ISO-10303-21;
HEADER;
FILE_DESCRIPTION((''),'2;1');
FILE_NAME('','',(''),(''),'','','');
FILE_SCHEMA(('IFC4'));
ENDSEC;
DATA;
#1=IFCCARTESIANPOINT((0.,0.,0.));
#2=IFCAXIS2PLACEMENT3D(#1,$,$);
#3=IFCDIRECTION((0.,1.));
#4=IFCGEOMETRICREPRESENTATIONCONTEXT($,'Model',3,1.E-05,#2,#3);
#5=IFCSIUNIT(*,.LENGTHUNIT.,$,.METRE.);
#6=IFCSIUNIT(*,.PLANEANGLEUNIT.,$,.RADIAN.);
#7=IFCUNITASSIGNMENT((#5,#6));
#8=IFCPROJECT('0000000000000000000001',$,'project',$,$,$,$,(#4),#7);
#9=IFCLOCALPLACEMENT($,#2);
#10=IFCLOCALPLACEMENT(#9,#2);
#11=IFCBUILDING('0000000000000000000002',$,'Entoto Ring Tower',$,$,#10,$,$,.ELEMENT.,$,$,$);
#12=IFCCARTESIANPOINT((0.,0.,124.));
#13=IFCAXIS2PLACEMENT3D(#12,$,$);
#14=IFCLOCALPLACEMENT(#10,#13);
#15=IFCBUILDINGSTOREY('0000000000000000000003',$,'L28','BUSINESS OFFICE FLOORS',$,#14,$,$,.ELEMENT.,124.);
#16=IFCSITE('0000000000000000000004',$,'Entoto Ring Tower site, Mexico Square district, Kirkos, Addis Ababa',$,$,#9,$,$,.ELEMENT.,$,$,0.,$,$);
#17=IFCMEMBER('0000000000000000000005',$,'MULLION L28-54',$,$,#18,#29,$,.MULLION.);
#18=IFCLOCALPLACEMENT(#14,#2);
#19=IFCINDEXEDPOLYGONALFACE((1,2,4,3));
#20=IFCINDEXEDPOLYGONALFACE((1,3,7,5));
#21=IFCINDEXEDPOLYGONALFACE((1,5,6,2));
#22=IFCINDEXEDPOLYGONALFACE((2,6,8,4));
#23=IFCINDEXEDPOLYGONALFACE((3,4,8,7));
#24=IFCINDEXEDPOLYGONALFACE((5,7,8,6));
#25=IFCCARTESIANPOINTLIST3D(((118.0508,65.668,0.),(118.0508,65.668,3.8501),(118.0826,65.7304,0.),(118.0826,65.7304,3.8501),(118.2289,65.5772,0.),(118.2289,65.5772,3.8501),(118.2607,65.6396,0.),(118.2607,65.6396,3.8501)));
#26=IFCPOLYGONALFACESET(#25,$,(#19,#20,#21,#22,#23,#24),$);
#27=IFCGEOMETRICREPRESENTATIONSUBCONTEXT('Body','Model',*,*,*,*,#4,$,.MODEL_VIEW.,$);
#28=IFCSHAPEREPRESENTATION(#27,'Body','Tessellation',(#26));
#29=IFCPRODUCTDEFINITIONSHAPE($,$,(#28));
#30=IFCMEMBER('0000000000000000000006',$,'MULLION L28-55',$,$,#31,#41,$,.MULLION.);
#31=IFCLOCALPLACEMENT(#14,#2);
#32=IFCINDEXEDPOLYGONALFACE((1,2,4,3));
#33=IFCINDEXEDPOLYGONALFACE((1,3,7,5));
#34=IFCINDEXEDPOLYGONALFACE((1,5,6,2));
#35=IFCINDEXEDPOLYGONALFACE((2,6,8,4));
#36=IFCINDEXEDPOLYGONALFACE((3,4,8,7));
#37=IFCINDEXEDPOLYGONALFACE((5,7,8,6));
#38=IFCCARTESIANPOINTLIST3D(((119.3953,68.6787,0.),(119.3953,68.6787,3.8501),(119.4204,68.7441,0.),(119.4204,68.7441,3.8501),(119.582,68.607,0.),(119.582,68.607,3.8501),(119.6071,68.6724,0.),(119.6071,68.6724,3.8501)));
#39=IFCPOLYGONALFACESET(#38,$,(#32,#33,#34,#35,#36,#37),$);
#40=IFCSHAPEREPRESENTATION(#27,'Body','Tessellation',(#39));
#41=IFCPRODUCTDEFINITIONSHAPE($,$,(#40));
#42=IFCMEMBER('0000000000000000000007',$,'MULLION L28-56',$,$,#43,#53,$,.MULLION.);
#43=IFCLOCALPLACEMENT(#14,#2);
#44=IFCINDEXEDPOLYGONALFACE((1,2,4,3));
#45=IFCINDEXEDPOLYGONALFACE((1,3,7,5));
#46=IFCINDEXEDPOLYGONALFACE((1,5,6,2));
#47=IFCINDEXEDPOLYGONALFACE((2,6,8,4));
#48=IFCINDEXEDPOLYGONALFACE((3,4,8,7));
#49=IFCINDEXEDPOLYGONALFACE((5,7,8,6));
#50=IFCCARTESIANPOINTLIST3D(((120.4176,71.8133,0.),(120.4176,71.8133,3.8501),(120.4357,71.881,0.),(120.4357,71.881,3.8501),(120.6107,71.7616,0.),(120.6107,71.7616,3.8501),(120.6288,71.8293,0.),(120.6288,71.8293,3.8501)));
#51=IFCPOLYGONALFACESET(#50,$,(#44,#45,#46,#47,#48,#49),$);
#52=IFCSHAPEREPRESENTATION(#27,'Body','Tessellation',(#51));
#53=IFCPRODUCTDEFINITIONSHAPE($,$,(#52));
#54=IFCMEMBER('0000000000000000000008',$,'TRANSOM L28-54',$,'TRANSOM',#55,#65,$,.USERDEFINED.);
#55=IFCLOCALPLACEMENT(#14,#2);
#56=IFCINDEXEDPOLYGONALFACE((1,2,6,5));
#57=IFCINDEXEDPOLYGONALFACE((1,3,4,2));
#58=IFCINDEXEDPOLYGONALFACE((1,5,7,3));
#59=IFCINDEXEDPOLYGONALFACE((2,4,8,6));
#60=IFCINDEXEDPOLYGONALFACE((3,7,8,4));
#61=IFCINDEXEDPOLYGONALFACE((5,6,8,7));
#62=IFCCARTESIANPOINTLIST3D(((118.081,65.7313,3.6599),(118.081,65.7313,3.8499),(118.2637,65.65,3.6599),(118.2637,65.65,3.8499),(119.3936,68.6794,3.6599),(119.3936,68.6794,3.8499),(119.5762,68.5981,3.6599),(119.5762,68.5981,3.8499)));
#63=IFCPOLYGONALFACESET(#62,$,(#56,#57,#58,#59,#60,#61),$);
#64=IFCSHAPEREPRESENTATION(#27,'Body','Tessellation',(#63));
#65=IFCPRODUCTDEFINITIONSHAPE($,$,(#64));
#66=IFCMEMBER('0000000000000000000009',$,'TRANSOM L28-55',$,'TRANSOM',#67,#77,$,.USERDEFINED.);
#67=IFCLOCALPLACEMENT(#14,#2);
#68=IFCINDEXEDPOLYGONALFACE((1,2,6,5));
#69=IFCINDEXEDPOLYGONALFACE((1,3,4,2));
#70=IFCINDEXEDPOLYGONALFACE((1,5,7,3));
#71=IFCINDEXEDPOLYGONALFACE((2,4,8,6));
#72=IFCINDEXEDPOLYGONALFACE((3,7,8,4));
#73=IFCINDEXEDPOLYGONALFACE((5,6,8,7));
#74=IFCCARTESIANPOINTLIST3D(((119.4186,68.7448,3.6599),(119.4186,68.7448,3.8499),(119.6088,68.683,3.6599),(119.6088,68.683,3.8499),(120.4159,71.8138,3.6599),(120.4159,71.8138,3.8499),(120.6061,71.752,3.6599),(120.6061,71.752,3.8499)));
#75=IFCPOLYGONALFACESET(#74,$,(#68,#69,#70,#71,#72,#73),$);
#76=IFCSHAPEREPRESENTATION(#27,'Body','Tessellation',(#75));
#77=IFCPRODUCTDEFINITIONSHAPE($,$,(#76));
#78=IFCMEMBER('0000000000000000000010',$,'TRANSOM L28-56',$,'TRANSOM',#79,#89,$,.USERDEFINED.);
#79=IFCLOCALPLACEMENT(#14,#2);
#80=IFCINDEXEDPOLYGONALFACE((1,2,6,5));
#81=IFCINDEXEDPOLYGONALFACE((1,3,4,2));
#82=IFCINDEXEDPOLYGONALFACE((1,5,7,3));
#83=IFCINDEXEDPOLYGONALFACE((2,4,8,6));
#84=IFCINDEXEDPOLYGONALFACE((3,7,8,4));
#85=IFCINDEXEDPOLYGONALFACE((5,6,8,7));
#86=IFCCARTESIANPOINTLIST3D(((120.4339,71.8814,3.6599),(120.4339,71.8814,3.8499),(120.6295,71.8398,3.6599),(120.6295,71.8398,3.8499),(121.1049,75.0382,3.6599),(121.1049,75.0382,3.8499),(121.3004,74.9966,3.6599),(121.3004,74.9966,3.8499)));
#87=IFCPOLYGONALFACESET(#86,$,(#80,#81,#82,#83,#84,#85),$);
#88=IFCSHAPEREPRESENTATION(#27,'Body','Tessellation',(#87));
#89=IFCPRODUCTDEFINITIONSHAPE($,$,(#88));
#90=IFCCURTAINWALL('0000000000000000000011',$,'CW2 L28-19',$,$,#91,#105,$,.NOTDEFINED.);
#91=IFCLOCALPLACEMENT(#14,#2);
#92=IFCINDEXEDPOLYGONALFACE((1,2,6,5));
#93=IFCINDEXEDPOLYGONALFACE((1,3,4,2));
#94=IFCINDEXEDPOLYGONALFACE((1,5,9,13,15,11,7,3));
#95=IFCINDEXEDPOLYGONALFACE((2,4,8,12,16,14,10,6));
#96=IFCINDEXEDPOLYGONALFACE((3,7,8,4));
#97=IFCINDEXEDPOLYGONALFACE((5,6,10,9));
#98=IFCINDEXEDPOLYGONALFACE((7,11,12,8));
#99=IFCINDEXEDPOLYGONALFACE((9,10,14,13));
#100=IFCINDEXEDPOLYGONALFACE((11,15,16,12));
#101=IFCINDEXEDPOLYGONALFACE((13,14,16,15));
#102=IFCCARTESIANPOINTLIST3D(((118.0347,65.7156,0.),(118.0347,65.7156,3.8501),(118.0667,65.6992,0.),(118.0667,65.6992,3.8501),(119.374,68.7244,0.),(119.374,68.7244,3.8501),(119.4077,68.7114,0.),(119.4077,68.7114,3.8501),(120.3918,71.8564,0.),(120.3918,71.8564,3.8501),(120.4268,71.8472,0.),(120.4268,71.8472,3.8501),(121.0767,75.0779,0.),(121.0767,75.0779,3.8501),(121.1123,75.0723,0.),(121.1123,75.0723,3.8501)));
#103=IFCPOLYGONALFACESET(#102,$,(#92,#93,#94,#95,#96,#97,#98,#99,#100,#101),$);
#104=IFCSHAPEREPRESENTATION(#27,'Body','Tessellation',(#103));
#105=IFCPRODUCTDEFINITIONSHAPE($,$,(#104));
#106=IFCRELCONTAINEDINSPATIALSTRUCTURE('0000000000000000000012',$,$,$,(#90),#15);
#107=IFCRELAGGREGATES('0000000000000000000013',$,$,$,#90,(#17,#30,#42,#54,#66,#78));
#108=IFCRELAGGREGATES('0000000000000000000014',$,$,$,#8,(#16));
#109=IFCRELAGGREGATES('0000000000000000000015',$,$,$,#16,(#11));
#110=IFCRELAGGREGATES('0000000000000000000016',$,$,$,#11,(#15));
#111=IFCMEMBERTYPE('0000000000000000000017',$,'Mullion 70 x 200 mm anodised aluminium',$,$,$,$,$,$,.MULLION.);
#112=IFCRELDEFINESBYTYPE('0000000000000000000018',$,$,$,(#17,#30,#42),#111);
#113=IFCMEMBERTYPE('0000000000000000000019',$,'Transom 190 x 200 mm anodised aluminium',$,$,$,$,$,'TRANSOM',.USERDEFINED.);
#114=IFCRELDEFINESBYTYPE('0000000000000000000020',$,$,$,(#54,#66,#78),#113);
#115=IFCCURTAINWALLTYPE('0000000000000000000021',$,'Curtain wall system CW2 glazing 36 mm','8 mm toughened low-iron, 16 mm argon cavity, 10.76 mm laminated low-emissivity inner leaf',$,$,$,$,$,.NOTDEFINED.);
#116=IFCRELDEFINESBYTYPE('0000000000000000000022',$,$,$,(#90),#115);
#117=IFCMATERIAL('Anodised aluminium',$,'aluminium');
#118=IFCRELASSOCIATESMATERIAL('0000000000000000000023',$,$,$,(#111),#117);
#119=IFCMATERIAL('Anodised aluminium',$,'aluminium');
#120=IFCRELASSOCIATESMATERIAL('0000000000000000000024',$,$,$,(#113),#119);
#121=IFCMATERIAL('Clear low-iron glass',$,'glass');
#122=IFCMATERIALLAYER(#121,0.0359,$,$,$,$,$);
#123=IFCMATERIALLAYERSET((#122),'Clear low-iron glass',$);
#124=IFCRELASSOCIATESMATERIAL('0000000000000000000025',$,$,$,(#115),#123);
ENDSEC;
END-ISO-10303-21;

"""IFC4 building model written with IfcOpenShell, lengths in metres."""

from ifc_helpers import new_model, si_unit, direction, frame, origin, origin_2d, place, context, subcontext, project, spatial, polyline, rectangle, outline, extrude, material, layer, layer_set, material_profile, profile_set, type_object, element, aggregate, save


model = new_model("IFC4")

# Units and contexts
model_context = context("Model", 3, precision=1e-05, world=origin(), true_north=direction((0.0, 1.0)))
body_context = subcontext(model_context, "Body", "Model", "MODEL_VIEW")
ifc_project = project(units=[si_unit("LENGTHUNIT", "METRE"), si_unit("PLANEANGLEUNIT", "RADIAN")], contexts=[model_context])

# Members
ifc_material_1 = material(Name="Anodised aluminium", Category="aluminium")
ifc_material_profile_1 = material_profile(ifc_material_1, rectangle(XDim=0.0701, YDim=0.2, at=origin_2d()), Name="Mullion 70 x 200 mm anodised aluminium")
ifc_profile_set_1 = profile_set([ifc_material_profile_1], Name="Anodised aluminium")
member_type_1 = type_object("IfcMemberType", Name="Mullion 70 x 200 mm anodised aluminium", PredefinedType="MULLION", material=ifc_profile_set_1)
site_placement = place(None, origin())
building_placement = place(site_placement, origin())
storey_placement = place(building_placement, frame((0.0, 0.0, 124.0)))
member_1_placement = place(storey_placement, frame((118.1558, 65.6538, 0.0), z_axis=(0.0, 0.0, 1.0), x_axis=(0.45399, 0.891007, 0.0)))
member_1 = element("IfcMember", 1, at=member_1_placement, type_object=member_type_1, Name="MULLION L28-54", PredefinedType="MULLION", context=body_context, shape_type="SweptSolid", body=[
    extrude(rectangle(XDim=0.0701, YDim=0.2, at=origin_2d()), origin(), (0.0, 0.0, 1.0), 3.8501),
])
member_2_placement = place(storey_placement, frame((119.5012, 68.6755, 0.0), z_axis=(0.0, 0.0, 1.0), x_axis=(0.358368, 0.93358, 0.0)))
member_2 = element("IfcMember", 2, at=member_2_placement, type_object=member_type_1, Name="MULLION L28-55", PredefinedType="MULLION", context=body_context, shape_type="SweptSolid", body=[
    extrude(rectangle(XDim=0.0701, YDim=0.2, at=origin_2d()), origin(), (0.0, 0.0, 1.0), 3.8501),
])
member_3_placement = place(storey_placement, frame((120.5232, 71.8213, 0.0), z_axis=(0.0, 0.0, 1.0), x_axis=(0.258819, 0.965926, 0.0)))
member_3 = element("IfcMember", 3, at=member_3_placement, type_object=member_type_1, Name="MULLION L28-56", PredefinedType="MULLION", context=body_context, shape_type="SweptSolid", body=[
    extrude(rectangle(XDim=0.0701, YDim=0.2, at=origin_2d()), origin(), (0.0, 0.0, 1.0), 3.8501),
])
ifc_material_2 = material(Name="Anodised aluminium", Category="aluminium")
ifc_material_profile_2 = material_profile(ifc_material_2, rectangle(XDim=0.2, YDim=0.1899, at=origin_2d()), Name="Transom 190 x 200 mm anodised aluminium")
ifc_profile_set_2 = profile_set([ifc_material_profile_2], Name="Anodised aluminium")
member_type_2 = type_object("IfcMemberType", Name="Transom 190 x 200 mm anodised aluminium", ElementType="TRANSOM", PredefinedType="USERDEFINED", material=ifc_profile_set_2)
member_4_placement = place(storey_placement, frame((118.1724, 65.6907, 3.7549), z_axis=(0.406728, 0.913549, 0.0), x_axis=(-0.913549, 0.406728, 0.0)))
member_4 = element("IfcMember", 4, at=member_4_placement, type_object=member_type_2, Name="TRANSOM L28-54", ObjectType="TRANSOM", PredefinedType="USERDEFINED", context=body_context, shape_type="SweptSolid", body=[
    extrude(rectangle(XDim=0.2, YDim=0.1899, at=origin_2d()), origin(), (0.0, 0.0, 1.0), 3.2271),
])
member_5_placement = place(storey_placement, frame((119.5137, 68.7139, 3.7549), z_axis=(0.309047, 0.951047, 0.0), x_axis=(-0.951047, 0.309047, 0.0)))
member_5 = element("IfcMember", 5, at=member_5_placement, type_object=member_type_2, Name="TRANSOM L28-55", ObjectType="TRANSOM", PredefinedType="USERDEFINED", context=body_context, shape_type="SweptSolid", body=[
    extrude(rectangle(XDim=0.2, YDim=0.1899, at=origin_2d()), origin(), (0.0, 0.0, 1.0), 3.2271),
])
member_6_placement = place(storey_placement, frame((120.5317, 71.8606, 3.7549), z_axis=(0.207886, 0.978153, 0.0), x_axis=(-0.978153, 0.207886, 0.0)))
member_6 = element("IfcMember", 6, at=member_6_placement, type_object=member_type_2, Name="TRANSOM L28-56", ObjectType="TRANSOM", PredefinedType="USERDEFINED", context=body_context, shape_type="SweptSolid", body=[
    extrude(rectangle(XDim=0.2, YDim=0.1899, at=origin_2d()), origin(), (0.0, 0.0, 1.0), 3.2273),
])

# Site, building, storey
site = spatial("IfcSite", under=ifc_project, at=site_placement, Name="Entoto Ring Tower site, Mexico Square district, Kirkos, Addis Ababa", CompositionType="ELEMENT", RefElevation=0.0)
building = spatial("IfcBuilding", under=site, at=building_placement, Name="Entoto Ring Tower", CompositionType="ELEMENT")
storey = spatial("IfcBuildingStorey", under=building, at=storey_placement, Name="L28", Description="BUSINESS OFFICE FLOORS", CompositionType="ELEMENT", Elevation=124.0)

# Curtain wall
ifc_material_3 = material(Name="Clear low-iron glass", Category="glass")
ifc_layer_1 = layer(ifc_material_3, 0.0359)
ifc_layer_set_1 = layer_set([ifc_layer_1], Name="Clear low-iron glass")
curtain_wall_type = type_object("IfcCurtainWallType", Name="Curtain wall system CW2 glazing 36 mm", Description="8 mm toughened low-iron, 16 mm argon cavity, 10.76 mm laminated low-emissivity inner leaf", PredefinedType="NOTDEFINED", material=ifc_layer_set_1)
curtain_wall_1_placement = place(storey_placement, origin())
curtain_wall_1 = element("IfcCurtainWall", 7, at=curtain_wall_1_placement, inside=storey, type_object=curtain_wall_type, Name="CW2 L28-19", PredefinedType="NOTDEFINED", context=body_context, shape_type="SweptSolid", body=[
    extrude(outline(polyline([(118.0667, 65.6992), (119.4077, 68.7114), (120.4268, 71.8472), (121.1123, 75.0723), (121.0767, 75.0779), (120.3918, 71.8564), (119.374, 68.7244), (118.0347, 65.7156), (118.0667, 65.6992)])), origin(), (0.0, 0.0, 1.0), 3.8501),
])
aggregate(curtain_wall_1, [member_1, member_2, member_3, member_4, member_5, member_6])

save(model, "model.ifc")
